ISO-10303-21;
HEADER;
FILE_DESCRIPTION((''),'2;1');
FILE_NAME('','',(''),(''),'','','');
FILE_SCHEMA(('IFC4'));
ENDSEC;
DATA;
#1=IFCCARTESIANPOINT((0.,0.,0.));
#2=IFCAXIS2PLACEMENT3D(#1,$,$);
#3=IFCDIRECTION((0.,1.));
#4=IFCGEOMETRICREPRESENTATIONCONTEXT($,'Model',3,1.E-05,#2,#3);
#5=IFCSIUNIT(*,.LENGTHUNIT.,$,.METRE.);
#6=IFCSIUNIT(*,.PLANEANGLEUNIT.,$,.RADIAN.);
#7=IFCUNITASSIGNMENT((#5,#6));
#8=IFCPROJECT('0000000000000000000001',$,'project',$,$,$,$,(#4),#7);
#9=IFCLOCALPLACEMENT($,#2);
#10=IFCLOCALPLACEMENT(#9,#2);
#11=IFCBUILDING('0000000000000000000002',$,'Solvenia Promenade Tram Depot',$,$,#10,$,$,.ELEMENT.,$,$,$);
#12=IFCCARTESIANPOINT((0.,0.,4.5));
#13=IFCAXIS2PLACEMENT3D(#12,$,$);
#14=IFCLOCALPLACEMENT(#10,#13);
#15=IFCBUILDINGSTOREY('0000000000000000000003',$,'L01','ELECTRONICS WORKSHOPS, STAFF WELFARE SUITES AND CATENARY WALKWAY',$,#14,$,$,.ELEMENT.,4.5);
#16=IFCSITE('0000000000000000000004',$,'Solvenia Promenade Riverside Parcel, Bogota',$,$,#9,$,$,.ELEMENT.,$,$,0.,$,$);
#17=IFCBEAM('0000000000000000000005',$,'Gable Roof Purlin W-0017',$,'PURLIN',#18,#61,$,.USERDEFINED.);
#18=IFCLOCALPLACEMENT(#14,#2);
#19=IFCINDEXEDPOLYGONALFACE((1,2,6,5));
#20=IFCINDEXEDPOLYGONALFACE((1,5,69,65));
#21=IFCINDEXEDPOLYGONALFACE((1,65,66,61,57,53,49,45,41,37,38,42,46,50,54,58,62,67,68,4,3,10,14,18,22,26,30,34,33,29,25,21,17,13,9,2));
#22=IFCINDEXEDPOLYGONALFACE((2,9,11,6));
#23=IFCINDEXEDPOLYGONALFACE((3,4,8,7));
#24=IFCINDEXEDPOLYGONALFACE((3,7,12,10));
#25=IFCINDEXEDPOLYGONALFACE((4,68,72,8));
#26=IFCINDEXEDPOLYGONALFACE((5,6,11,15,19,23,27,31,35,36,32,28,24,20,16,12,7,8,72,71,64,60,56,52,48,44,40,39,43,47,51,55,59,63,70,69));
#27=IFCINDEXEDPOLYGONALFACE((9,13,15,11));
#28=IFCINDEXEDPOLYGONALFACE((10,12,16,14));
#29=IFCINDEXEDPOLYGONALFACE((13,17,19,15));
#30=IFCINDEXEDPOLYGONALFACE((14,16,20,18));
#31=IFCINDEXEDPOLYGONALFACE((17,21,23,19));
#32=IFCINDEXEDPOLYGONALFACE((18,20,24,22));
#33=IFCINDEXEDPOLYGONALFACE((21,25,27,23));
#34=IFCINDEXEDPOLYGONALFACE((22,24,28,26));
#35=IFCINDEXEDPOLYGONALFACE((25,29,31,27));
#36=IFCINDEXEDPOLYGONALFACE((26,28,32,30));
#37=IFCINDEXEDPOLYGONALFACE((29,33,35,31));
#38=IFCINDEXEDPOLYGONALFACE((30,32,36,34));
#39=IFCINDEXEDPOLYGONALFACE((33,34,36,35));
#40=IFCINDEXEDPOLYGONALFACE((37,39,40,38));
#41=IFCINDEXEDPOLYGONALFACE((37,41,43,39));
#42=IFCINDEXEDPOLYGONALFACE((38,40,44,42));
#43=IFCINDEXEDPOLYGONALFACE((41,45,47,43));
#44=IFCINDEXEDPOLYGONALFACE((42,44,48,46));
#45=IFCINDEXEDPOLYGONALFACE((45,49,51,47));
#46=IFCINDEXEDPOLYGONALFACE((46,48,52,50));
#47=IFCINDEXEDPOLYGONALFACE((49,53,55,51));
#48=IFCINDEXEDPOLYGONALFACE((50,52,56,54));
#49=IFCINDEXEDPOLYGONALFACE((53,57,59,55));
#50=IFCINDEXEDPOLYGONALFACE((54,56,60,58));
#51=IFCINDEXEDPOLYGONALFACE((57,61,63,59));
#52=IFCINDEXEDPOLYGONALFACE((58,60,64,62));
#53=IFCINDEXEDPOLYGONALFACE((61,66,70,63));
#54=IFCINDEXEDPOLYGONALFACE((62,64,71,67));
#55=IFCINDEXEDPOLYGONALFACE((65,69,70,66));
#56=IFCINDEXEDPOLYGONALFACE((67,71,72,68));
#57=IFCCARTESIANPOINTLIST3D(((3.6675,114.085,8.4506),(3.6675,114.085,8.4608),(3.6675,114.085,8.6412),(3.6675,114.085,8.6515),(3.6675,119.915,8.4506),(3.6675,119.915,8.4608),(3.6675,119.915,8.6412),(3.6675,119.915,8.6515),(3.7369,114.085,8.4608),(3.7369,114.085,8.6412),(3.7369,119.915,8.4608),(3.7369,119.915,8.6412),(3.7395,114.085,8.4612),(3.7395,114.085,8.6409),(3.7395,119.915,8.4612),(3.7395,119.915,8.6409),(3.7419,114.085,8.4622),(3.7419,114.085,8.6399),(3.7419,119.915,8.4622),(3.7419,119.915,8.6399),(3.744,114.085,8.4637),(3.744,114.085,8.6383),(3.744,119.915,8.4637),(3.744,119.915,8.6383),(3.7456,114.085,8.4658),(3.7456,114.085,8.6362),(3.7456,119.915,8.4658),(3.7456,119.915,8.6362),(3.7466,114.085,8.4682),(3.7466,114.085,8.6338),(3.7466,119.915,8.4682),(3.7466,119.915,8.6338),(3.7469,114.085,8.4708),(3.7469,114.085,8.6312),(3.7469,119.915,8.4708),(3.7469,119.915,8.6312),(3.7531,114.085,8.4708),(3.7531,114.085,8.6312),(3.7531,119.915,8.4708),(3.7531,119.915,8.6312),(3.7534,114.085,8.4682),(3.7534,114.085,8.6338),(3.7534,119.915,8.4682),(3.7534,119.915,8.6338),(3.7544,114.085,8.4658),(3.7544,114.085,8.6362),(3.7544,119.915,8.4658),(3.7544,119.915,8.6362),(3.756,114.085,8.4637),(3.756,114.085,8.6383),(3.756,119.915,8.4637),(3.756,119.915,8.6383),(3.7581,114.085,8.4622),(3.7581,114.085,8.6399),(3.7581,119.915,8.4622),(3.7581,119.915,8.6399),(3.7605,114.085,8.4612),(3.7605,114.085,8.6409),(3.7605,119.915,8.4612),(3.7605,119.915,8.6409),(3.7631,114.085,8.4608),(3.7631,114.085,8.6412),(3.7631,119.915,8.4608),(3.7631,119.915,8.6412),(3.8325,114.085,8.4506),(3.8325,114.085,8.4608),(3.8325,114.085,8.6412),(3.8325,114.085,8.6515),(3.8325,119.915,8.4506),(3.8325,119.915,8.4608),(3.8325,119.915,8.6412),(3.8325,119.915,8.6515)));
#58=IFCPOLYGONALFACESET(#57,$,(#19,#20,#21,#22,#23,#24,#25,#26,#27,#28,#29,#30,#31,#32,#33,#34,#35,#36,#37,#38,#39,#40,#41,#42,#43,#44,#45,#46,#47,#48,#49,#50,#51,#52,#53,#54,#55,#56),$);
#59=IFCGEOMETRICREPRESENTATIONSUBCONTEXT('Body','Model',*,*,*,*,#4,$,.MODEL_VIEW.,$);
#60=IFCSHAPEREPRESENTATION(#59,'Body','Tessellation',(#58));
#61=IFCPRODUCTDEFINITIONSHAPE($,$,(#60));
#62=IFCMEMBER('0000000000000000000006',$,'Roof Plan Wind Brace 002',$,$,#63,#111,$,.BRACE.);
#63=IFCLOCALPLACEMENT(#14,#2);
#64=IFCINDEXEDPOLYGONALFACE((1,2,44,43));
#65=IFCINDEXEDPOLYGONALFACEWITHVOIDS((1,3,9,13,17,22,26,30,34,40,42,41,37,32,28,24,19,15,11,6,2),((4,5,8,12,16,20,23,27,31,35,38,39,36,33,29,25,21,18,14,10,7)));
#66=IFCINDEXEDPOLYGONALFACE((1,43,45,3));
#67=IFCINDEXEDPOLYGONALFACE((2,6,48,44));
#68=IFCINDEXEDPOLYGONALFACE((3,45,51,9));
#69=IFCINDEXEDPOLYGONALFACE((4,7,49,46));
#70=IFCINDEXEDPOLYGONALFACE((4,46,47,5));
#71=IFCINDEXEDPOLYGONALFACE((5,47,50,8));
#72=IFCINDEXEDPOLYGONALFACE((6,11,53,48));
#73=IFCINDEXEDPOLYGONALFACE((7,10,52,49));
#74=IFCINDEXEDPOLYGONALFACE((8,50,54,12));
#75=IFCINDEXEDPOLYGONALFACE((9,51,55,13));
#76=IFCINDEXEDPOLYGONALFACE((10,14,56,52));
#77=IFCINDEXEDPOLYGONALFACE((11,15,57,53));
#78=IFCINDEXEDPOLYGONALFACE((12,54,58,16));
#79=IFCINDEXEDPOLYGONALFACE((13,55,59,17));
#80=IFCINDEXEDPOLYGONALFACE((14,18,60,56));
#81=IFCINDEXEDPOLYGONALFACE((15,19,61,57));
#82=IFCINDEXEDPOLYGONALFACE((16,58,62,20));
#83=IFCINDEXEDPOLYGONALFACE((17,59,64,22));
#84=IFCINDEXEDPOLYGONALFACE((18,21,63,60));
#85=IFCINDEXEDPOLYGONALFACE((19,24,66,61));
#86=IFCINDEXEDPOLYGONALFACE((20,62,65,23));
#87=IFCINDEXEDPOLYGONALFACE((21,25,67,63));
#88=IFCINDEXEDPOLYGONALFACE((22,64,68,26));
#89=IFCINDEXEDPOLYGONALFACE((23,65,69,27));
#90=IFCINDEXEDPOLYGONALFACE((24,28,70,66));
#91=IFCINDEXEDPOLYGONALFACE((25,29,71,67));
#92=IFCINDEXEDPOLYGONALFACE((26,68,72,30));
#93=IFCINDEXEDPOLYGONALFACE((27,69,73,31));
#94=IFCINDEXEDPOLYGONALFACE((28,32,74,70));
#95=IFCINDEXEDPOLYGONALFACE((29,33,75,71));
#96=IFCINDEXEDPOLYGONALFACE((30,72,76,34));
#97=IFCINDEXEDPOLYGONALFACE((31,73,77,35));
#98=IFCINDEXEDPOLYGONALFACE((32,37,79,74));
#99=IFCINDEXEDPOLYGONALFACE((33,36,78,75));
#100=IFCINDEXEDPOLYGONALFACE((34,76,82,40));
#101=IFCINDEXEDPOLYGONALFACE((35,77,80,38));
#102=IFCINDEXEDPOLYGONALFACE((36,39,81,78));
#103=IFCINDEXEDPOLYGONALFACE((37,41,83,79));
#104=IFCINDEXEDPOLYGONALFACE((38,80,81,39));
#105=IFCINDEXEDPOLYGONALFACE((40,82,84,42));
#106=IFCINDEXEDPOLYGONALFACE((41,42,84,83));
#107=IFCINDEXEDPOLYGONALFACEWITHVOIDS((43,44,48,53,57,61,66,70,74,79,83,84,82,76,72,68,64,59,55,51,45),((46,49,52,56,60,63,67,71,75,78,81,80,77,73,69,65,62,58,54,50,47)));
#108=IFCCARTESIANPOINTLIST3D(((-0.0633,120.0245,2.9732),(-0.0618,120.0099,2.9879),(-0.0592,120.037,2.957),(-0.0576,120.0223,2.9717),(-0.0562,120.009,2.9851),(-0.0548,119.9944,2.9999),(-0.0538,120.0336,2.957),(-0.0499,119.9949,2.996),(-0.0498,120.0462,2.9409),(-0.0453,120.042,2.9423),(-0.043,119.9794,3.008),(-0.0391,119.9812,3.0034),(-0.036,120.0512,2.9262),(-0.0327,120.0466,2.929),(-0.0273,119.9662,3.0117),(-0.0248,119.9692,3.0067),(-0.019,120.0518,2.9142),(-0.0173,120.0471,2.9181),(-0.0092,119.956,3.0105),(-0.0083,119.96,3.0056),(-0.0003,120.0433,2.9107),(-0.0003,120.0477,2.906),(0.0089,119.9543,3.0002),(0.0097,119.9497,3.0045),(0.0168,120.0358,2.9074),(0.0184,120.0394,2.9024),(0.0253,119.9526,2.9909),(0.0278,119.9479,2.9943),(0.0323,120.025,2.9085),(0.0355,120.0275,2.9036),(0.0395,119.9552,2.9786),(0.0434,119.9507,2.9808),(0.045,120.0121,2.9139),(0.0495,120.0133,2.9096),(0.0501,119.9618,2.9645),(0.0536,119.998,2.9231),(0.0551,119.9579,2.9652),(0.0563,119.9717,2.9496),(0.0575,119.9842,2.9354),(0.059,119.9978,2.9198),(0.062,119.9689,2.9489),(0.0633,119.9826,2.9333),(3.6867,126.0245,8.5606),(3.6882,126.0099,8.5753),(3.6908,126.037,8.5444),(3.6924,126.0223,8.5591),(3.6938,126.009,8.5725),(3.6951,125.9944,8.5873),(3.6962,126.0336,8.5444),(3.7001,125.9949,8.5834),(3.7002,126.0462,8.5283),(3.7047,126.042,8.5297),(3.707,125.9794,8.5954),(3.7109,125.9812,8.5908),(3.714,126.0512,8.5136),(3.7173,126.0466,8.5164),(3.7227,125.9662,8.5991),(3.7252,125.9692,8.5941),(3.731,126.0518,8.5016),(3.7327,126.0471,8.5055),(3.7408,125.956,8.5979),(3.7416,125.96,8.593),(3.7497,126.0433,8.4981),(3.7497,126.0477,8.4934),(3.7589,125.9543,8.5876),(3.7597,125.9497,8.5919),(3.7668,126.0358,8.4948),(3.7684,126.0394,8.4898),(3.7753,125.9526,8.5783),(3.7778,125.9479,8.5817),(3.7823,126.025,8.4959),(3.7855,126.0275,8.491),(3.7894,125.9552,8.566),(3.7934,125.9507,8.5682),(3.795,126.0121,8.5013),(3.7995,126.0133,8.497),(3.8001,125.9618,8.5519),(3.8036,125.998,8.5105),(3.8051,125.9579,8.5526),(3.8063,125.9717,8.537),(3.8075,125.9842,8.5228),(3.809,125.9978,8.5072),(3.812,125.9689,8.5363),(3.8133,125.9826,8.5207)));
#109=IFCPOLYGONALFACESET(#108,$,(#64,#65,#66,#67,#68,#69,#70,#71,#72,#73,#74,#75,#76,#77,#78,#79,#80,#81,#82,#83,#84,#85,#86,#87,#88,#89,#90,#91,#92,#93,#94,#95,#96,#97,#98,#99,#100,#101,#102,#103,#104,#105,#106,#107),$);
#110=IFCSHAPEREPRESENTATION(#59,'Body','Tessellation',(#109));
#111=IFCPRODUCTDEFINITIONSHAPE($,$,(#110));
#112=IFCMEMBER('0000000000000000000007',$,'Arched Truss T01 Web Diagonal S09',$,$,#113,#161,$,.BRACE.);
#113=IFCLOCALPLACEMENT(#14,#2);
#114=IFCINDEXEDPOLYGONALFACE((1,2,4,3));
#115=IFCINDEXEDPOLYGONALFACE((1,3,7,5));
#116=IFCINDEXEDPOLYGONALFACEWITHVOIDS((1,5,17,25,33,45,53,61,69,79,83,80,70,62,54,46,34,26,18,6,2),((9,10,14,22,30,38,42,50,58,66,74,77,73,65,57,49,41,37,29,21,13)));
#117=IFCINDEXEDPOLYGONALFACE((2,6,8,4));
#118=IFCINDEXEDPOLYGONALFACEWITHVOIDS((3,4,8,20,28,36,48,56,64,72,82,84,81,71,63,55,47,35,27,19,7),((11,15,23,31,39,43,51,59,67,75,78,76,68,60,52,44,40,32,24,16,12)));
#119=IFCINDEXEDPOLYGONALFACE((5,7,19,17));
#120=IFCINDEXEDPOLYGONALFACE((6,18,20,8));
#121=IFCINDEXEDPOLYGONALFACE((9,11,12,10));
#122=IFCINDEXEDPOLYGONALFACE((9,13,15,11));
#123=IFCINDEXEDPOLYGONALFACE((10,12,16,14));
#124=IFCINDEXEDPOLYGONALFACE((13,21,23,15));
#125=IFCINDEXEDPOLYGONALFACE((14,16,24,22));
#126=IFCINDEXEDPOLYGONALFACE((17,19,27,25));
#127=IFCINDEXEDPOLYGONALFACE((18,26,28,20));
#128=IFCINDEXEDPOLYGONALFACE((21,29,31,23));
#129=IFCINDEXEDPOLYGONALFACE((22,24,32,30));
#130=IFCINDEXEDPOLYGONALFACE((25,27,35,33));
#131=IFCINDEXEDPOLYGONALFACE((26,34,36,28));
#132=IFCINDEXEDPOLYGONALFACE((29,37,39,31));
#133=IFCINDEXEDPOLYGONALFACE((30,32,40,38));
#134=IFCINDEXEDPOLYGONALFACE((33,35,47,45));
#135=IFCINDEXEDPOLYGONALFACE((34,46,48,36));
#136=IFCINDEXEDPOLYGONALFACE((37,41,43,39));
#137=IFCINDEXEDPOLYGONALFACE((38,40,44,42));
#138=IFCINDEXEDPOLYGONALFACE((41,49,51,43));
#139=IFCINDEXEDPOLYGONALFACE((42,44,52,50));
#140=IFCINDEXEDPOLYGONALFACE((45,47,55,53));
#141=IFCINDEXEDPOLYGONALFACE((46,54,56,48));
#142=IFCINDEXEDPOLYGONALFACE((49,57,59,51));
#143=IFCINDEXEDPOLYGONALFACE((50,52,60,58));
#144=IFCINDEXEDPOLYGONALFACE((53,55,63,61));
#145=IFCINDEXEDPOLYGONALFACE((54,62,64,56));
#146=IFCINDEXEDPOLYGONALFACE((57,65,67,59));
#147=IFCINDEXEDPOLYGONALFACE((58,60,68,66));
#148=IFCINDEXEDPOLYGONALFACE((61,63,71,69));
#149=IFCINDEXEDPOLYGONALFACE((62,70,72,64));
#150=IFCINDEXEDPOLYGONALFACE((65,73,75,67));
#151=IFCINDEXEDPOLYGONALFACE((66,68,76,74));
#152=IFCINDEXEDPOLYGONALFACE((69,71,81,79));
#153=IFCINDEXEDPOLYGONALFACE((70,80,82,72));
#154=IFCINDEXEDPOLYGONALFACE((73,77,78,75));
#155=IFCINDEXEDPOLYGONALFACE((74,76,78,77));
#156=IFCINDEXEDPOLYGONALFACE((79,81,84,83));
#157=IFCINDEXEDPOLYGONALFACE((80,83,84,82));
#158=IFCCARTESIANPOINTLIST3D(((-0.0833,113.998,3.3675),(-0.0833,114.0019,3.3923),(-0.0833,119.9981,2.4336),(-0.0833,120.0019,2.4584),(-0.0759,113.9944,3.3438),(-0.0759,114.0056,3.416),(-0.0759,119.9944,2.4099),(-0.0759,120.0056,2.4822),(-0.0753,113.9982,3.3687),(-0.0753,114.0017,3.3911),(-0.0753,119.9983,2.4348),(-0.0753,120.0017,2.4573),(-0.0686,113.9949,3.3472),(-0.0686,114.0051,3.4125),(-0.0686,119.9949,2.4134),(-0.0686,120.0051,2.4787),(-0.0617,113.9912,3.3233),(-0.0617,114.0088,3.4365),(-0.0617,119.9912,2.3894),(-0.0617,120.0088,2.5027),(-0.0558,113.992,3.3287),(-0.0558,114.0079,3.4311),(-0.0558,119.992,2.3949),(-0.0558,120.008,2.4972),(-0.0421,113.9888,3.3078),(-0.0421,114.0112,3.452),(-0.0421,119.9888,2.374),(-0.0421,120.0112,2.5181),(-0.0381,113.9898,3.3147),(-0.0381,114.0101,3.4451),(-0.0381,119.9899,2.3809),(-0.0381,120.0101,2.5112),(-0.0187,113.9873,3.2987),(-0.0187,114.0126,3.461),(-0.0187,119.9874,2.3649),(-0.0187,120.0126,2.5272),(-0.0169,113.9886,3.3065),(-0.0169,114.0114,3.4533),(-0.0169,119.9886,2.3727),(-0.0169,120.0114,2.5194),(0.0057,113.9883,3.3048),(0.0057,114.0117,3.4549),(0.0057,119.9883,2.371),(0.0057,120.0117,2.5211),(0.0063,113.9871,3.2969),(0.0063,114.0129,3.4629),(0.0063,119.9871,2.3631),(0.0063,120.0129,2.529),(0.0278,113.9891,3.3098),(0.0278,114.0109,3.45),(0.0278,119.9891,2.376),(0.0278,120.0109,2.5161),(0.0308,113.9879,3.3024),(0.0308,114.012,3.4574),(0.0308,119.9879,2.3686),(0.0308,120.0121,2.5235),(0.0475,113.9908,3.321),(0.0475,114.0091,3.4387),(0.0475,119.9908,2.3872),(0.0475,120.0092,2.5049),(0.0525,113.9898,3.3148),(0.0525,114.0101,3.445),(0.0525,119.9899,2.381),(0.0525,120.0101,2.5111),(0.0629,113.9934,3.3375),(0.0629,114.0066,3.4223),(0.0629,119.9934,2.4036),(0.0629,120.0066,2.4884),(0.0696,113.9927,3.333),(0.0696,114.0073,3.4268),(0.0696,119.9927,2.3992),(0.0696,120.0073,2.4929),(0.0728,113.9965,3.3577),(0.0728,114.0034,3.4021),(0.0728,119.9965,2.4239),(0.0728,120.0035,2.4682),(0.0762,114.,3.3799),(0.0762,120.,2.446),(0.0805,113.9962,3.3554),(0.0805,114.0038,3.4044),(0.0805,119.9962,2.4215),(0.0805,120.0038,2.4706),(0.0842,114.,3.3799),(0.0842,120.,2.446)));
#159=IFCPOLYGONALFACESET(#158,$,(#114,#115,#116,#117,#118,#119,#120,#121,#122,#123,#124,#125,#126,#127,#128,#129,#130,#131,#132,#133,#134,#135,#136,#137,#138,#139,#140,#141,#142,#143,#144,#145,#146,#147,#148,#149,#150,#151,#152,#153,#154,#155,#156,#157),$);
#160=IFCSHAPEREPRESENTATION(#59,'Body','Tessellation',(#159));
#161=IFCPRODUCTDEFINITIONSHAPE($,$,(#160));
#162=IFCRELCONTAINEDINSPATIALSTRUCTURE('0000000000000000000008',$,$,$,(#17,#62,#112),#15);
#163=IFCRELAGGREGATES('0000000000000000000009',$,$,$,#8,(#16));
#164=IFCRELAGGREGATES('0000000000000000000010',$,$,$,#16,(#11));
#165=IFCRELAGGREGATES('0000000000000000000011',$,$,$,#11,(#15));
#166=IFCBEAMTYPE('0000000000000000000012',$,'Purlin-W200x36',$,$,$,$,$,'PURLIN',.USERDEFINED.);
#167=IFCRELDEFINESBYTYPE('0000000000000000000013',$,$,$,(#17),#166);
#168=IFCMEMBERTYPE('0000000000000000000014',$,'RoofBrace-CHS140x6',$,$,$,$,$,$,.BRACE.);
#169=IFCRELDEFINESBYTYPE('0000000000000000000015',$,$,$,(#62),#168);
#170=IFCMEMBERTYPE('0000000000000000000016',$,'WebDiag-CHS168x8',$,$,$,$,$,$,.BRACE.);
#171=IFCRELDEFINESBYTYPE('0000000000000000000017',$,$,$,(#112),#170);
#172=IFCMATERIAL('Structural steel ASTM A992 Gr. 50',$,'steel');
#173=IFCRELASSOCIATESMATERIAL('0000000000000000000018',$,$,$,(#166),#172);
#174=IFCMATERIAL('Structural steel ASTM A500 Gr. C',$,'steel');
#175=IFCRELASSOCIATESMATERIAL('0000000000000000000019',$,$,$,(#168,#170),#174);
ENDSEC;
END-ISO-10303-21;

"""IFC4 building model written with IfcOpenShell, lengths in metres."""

from ifc_helpers import new_model, si_unit, direction, frame, origin, origin_2d, place, context, subcontext, project, spatial, hollow_circle, i_section, extrude, material, material_profile, profile_set, type_object, element, save


model = new_model("IFC4")

# Units and contexts
model_context = context("Model", 3, precision=1e-05, world=origin(), true_north=direction((0.0, 1.0)))
body_context = subcontext(model_context, "Body", "Model", "MODEL_VIEW")
ifc_project = project(units=[si_unit("LENGTHUNIT", "METRE"), si_unit("PLANEANGLEUNIT", "RADIAN")], contexts=[model_context])

# Site, building, storey
site_placement = place(None, origin())
site = spatial("IfcSite", under=ifc_project, at=site_placement, Name="Solvenia Promenade Riverside Parcel, Bogota", CompositionType="ELEMENT", RefElevation=0.0)
building_placement = place(site_placement, origin())
building = spatial("IfcBuilding", under=site, at=building_placement, Name="Solvenia Promenade Tram Depot", CompositionType="ELEMENT")
storey_placement = place(building_placement, frame((0.0, 0.0, 4.5)))
storey = spatial("IfcBuildingStorey", under=building, at=storey_placement, Name="L01", Description="ELECTRONICS WORKSHOPS, STAFF WELFARE SUITES AND CATENARY WALKWAY", CompositionType="ELEMENT", Elevation=4.5)

# Shared definitions
ifc_material_1 = material(Name="Structural steel ASTM A500 Gr. C", Category="steel")

# Beam
ifc_material_2 = material(Name="Structural steel ASTM A992 Gr. 50", Category="steel")
ifc_material_profile_1 = material_profile(ifc_material_2, i_section(OverallWidth=0.165, OverallDepth=0.2009, WebThickness=0.0061, FlangeThickness=0.0103, FilletRadius=0.01, at=origin_2d()), Name="W200x36", Category="steel")
ifc_profile_set_1 = profile_set([ifc_material_profile_1], Name="Structural steel ASTM A992 Gr. 50")
beam_type = type_object("IfcBeamType", Name="Purlin-W200x36", ElementType="PURLIN", PredefinedType="USERDEFINED", material=ifc_profile_set_1)
beam_placement = place(storey_placement, frame((3.75, 114.085, 8.551), z_axis=(0.0, 1.0, 0.0), x_axis=(-1.0, 0.0, 0.0)))
element("IfcBeam", 1, at=beam_placement, inside=storey, type_object=beam_type, Name="Gable Roof Purlin W-0017", ObjectType="PURLIN", PredefinedType="USERDEFINED", context=body_context, shape_type="SweptSolid", body=[
    extrude(i_section(OverallWidth=0.165, OverallDepth=0.2009, WebThickness=0.0061, FlangeThickness=0.0103, FilletRadius=0.01, at=origin_2d()), origin(), (0.0, 0.0, 1.0), 5.8301),
])

# Members
ifc_material_profile_2 = material_profile(ifc_material_1, hollow_circle(Radius=0.0698, WallThickness=0.0063, at=origin_2d()), Name="CHS139.7x6.3", Category="steel")
ifc_profile_set_2 = profile_set([ifc_material_profile_2], Name="Structural steel ASTM A500 Gr. C")
member_type_1 = type_object("IfcMemberType", Name="RoofBrace-CHS140x6", PredefinedType="BRACE", material=ifc_profile_set_2)
member_1_placement = place(storey_placement, frame((0.0, 120.0, 2.957), z_axis=(0.415944, 0.665511, 0.619746), x_axis=(-0.847998, 0.529999, 0.0)))
element("IfcMember", 2, at=member_1_placement, inside=storey, type_object=member_type_1, Name="Roof Plan Wind Brace 002", PredefinedType="BRACE", context=body_context, shape_type="SweptSolid", body=[
    extrude(hollow_circle(Radius=0.0698, WallThickness=0.0063, at=origin_2d()), origin(), (0.0, 0.0, 1.0), 9.0156),
])
ifc_material_profile_3 = material_profile(ifc_material_1, hollow_circle(Radius=0.0842, WallThickness=0.0081, at=origin_2d()), Name="CHS168.3x8", Category="steel")
ifc_profile_set_3 = profile_set([ifc_material_profile_3], Name="Structural steel ASTM A500 Gr. C")
member_type_2 = type_object("IfcMemberType", Name="WebDiag-CHS168x8", PredefinedType="BRACE", material=ifc_profile_set_3)
member_2_placement = place(storey_placement, frame((0.0, 120.0, 2.446), z_axis=(0.0, -0.988104, 0.153788), x_axis=(1.0, 0.0, 0.0)))
element("IfcMember", 3, at=member_2_placement, inside=storey, type_object=member_type_2, Name="Arched Truss T01 Web Diagonal S09", PredefinedType="BRACE", context=body_context, shape_type="SweptSolid", body=[
    extrude(hollow_circle(Radius=0.0842, WallThickness=0.0081, at=origin_2d()), origin(), (0.0, 0.0, 1.0), 6.0723),
])

save(model, "model.ifc")
